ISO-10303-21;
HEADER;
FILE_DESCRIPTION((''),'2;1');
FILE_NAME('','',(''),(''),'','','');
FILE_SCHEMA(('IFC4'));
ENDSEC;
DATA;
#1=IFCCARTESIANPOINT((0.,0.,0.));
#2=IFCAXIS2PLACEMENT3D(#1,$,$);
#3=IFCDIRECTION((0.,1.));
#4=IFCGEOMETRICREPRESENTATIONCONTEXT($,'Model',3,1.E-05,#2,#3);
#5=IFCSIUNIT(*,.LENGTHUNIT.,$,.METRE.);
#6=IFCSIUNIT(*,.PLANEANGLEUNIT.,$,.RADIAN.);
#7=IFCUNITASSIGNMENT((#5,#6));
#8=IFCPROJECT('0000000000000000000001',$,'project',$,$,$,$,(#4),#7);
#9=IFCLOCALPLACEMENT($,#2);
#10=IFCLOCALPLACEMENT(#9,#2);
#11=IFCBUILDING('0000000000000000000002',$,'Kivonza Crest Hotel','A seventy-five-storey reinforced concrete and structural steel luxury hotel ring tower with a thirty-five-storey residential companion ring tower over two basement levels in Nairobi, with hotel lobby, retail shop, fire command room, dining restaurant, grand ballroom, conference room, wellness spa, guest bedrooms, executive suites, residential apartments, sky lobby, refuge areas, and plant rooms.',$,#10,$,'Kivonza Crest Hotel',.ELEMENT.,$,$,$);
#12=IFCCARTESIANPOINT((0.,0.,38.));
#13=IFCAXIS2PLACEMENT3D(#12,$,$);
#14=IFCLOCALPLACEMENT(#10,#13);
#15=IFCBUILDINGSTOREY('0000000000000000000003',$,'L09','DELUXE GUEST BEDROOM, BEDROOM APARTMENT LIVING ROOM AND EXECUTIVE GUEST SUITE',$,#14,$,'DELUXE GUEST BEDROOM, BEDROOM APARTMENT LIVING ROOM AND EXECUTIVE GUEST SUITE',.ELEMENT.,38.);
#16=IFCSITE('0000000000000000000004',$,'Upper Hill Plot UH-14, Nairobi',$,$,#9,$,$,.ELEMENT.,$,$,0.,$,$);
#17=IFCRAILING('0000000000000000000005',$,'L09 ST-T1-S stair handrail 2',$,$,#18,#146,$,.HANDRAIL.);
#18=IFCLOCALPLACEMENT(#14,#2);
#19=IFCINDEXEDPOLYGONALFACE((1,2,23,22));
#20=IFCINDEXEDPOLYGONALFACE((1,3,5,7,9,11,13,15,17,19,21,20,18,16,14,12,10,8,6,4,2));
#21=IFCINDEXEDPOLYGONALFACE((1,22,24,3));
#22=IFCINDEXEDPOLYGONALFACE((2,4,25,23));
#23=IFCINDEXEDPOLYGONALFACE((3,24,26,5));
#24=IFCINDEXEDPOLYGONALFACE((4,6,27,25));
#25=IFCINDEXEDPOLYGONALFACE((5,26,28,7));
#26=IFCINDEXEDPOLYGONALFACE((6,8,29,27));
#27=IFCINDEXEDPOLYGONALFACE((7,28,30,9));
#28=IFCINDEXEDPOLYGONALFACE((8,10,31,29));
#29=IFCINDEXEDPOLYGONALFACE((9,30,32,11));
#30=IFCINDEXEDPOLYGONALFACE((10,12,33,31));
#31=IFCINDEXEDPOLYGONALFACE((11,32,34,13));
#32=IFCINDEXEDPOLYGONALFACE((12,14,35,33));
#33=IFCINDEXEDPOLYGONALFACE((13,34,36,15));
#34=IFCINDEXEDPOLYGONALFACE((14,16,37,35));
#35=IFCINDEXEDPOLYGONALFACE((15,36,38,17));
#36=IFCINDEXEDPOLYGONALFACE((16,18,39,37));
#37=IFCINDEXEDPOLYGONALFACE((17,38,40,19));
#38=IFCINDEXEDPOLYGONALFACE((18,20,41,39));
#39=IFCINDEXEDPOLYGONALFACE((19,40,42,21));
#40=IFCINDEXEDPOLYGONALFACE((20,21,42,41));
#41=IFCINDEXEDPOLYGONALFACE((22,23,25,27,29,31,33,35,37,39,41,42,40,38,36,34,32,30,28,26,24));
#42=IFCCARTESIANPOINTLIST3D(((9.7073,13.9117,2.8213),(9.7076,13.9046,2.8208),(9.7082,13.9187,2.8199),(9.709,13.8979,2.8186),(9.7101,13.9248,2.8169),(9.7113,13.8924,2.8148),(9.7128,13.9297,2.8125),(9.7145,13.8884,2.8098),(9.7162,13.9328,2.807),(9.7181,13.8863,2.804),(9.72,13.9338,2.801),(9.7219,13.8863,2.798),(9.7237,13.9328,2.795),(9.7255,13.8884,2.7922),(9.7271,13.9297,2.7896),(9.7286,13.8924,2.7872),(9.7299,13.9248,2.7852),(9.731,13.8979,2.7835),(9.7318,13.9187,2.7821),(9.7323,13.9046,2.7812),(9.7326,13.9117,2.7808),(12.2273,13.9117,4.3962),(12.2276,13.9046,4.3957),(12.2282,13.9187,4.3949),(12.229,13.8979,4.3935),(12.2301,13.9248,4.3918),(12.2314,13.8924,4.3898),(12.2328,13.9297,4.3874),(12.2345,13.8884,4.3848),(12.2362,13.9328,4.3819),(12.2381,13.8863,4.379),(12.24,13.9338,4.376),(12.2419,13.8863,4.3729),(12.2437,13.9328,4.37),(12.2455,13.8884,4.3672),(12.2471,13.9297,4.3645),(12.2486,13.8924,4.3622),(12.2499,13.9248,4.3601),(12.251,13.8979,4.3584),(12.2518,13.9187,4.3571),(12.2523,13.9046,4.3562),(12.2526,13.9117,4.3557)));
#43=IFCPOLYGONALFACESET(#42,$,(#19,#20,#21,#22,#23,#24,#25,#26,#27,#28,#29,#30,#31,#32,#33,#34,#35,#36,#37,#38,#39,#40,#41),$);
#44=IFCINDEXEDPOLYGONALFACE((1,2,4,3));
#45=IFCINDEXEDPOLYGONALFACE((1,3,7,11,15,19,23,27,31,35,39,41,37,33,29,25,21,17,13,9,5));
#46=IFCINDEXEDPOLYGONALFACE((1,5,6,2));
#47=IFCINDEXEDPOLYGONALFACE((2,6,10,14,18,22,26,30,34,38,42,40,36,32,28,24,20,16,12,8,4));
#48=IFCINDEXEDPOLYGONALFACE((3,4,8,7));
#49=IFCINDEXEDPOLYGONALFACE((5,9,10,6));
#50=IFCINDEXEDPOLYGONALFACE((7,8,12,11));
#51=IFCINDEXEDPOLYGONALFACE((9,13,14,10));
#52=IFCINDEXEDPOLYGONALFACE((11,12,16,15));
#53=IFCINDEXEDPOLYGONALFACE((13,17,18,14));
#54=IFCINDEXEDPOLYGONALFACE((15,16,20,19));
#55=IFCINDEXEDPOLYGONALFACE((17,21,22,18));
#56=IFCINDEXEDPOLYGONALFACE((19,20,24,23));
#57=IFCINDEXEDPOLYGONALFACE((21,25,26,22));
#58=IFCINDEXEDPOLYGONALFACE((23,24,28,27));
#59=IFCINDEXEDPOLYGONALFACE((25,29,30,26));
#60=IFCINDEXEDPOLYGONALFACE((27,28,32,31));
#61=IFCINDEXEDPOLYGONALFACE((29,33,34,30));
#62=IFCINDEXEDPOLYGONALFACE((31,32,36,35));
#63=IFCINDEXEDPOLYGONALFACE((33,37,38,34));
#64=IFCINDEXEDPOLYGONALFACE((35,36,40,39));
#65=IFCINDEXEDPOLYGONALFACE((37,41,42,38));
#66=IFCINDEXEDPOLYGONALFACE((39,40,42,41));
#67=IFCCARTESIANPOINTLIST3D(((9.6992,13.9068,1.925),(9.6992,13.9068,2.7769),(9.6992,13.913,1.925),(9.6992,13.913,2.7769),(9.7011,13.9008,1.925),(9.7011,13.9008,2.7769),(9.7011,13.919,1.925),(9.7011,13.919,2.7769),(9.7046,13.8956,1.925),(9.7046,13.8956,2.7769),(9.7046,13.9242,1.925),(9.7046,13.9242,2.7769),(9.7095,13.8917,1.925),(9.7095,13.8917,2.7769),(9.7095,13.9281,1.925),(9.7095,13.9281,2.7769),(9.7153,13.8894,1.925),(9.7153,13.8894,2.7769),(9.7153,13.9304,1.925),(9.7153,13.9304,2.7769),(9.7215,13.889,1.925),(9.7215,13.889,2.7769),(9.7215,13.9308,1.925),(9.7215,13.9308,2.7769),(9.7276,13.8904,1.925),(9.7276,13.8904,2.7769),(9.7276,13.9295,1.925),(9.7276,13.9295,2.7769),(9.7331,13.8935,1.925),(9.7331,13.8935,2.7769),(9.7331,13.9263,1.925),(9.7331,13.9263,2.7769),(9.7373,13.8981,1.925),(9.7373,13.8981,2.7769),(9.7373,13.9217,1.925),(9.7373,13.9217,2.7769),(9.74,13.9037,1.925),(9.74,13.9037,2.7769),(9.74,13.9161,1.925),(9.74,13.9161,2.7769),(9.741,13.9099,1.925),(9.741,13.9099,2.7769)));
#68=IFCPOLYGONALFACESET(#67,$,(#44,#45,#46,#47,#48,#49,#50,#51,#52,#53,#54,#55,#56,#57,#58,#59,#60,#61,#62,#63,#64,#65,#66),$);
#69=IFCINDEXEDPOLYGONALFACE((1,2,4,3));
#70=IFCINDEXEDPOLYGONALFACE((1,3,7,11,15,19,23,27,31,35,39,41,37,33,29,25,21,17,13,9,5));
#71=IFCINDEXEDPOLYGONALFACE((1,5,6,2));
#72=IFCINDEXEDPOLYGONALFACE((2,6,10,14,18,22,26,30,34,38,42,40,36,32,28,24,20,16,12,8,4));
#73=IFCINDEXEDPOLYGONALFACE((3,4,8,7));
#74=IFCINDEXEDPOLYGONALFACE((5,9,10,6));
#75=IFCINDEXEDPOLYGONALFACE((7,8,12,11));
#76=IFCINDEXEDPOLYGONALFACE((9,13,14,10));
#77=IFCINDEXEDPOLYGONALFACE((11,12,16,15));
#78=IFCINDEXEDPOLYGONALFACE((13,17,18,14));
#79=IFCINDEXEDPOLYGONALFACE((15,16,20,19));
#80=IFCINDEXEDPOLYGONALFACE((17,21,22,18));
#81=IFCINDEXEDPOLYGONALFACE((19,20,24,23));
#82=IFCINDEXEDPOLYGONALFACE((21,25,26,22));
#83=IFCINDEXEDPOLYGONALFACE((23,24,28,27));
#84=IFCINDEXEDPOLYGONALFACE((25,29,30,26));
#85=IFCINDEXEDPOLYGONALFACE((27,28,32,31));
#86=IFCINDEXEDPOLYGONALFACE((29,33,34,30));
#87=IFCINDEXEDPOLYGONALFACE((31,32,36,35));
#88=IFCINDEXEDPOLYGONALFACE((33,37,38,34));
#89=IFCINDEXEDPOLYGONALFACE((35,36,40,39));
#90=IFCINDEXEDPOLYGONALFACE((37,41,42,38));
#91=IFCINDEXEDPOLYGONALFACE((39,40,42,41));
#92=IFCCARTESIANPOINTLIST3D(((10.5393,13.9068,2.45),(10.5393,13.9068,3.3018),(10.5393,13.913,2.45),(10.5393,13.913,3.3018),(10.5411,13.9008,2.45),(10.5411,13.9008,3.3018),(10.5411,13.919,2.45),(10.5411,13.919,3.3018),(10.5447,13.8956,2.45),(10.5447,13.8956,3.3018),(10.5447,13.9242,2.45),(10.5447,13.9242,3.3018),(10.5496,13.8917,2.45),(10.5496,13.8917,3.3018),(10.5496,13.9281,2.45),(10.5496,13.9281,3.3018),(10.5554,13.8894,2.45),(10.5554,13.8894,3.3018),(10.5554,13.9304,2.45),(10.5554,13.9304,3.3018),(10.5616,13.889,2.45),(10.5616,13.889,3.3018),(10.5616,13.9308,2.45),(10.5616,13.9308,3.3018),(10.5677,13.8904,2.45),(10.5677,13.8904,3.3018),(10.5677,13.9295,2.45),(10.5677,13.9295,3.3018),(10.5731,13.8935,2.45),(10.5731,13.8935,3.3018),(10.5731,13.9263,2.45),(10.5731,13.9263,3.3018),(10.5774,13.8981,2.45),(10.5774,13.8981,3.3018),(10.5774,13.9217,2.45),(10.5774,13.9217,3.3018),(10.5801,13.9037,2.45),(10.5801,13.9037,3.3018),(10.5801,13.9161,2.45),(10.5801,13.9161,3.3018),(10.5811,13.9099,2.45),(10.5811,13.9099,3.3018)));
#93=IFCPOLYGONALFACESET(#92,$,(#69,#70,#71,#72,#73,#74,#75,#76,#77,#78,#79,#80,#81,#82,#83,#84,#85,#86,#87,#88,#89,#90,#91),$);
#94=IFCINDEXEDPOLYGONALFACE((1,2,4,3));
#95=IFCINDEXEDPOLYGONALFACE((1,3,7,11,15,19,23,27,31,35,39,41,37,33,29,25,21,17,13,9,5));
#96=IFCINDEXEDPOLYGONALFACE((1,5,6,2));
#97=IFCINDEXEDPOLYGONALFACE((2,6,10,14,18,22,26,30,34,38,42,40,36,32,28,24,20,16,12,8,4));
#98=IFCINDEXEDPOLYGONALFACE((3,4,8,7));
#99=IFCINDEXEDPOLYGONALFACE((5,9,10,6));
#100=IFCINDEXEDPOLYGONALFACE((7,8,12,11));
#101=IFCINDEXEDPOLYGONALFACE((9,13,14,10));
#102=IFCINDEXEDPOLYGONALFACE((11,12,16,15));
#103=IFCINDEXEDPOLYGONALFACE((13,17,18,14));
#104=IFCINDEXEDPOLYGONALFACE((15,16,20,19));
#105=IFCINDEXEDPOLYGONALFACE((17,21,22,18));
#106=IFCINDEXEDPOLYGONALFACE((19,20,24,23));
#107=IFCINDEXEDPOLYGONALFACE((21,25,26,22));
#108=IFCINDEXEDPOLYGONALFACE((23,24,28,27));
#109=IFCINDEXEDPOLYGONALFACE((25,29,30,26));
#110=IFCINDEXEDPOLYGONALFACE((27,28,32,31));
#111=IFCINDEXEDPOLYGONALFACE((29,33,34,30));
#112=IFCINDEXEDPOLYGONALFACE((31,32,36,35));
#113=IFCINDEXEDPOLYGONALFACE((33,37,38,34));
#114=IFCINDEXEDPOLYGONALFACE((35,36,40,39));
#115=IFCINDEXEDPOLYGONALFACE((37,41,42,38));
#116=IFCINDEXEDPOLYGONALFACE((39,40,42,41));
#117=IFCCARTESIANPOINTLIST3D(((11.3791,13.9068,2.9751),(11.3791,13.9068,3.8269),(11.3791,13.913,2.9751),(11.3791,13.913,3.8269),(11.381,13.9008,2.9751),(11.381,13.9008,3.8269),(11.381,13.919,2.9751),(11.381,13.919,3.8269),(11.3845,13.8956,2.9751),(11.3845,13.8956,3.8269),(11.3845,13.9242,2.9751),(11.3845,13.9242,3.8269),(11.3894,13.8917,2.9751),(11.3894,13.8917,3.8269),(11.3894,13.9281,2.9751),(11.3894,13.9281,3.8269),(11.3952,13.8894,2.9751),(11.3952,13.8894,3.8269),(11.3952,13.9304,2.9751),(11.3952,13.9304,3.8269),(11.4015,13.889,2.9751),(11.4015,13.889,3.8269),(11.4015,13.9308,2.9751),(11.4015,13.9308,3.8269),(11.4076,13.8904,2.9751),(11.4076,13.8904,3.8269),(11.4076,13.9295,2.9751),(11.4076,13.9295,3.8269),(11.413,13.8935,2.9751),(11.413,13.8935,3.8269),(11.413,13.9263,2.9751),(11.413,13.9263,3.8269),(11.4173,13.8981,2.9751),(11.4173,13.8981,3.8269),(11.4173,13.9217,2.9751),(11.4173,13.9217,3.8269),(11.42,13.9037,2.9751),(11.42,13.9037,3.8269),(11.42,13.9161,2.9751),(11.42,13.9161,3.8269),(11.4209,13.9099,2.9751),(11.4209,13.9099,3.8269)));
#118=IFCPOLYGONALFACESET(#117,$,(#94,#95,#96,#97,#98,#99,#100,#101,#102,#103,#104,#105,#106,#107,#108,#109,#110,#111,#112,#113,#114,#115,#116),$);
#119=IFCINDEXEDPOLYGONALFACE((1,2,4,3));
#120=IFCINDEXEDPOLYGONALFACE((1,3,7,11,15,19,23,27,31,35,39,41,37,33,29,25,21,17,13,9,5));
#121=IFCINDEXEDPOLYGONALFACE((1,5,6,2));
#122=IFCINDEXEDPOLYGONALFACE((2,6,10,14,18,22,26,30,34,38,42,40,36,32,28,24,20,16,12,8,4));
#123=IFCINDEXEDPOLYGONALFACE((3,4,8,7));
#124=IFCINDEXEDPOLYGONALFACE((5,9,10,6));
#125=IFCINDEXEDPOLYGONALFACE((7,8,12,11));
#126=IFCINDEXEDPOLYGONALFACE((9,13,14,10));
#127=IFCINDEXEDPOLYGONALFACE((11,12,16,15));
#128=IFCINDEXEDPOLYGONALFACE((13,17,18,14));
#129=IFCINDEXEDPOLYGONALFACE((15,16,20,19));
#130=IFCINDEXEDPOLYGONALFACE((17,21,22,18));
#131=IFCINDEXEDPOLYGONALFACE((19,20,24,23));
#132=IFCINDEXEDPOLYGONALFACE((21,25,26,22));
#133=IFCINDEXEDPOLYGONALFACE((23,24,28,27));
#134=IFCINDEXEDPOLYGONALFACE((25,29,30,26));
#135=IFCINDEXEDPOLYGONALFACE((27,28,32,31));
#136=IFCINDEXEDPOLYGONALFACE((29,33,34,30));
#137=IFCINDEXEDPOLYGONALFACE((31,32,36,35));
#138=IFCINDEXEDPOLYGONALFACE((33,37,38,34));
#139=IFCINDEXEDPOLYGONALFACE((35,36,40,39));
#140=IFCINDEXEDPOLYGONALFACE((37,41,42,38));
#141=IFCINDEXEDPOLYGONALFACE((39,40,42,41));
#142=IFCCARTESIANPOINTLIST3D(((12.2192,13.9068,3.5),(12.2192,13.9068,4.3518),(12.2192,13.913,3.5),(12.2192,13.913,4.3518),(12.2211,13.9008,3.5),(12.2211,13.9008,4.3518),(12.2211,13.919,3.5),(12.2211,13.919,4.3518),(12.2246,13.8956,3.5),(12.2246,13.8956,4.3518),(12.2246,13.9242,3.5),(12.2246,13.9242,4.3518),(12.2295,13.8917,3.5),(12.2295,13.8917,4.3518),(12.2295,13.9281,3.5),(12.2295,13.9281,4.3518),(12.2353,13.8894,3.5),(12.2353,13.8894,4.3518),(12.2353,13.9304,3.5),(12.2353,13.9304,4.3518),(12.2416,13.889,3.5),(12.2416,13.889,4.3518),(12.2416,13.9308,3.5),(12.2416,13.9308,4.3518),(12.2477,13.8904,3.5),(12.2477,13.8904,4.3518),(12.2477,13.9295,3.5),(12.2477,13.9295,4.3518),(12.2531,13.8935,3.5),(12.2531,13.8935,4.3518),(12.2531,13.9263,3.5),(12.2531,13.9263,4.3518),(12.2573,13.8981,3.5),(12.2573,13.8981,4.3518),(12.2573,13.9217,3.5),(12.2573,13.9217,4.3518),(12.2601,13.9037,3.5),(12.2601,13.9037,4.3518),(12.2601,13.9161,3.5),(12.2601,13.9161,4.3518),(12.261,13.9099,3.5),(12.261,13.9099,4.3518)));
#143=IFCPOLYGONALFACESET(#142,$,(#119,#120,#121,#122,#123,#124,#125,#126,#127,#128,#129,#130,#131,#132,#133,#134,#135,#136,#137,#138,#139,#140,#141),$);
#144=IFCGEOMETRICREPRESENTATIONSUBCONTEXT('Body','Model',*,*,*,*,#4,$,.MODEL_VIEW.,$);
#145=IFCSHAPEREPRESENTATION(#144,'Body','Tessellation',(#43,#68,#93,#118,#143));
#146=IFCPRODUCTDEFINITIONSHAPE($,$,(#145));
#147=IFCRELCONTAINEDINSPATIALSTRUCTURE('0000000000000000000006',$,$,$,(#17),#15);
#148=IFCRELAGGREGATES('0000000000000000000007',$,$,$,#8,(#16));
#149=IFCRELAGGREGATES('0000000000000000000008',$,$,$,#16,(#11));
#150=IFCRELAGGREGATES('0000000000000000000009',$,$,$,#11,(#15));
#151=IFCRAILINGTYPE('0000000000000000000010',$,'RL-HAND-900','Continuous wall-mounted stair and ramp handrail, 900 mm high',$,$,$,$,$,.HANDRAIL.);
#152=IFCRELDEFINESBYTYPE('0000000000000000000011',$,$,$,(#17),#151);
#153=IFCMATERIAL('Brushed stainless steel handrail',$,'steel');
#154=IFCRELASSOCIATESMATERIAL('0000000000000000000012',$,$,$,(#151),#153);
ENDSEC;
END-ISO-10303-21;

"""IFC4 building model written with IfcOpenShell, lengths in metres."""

from ifc_helpers import new_model, si_unit, direction, frame, origin, origin_2d, place, context, subcontext, project, spatial, circle, extrude, material, type_object, element, save


model = new_model("IFC4")

# Units and contexts
model_context = context("Model", 3, precision=1e-05, world=origin(), true_north=direction((0.0, 1.0)))
body_context = subcontext(model_context, "Body", "Model", "MODEL_VIEW")
ifc_project = project(units=[si_unit("LENGTHUNIT", "METRE"), si_unit("PLANEANGLEUNIT", "RADIAN")], contexts=[model_context])

# Site, building, storey
site_placement = place(None, origin())
site = spatial("IfcSite", under=ifc_project, at=site_placement, Name="Upper Hill Plot UH-14, Nairobi", CompositionType="ELEMENT", RefElevation=0.0)
building_placement = place(site_placement, origin())
building = spatial("IfcBuilding", under=site, at=building_placement, Name="Kivonza Crest Hotel", Description="A seventy-five-storey reinforced concrete and structural steel luxury hotel ring tower with a thirty-five-storey residential companion ring tower over two basement levels in Nairobi, with hotel lobby, retail shop, fire command room, dining restaurant, grand ballroom, conference room, wellness spa, guest bedrooms, executive suites, residential apartments, sky lobby, refuge areas, and plant rooms.", LongName="Kivonza Crest Hotel", CompositionType="ELEMENT")
storey_placement = place(building_placement, frame((0.0, 0.0, 38.0)))
storey = spatial("IfcBuildingStorey", under=building, at=storey_placement, Name="L09", Description="DELUXE GUEST BEDROOM, BEDROOM APARTMENT LIVING ROOM AND EXECUTIVE GUEST SUITE", LongName="DELUXE GUEST BEDROOM, BEDROOM APARTMENT LIVING ROOM AND EXECUTIVE GUEST SUITE", CompositionType="ELEMENT", Elevation=38.0)

# Railing
ifc_material_1 = material(Name="Brushed stainless steel handrail", Category="steel")
railing_type_1 = type_object("IfcRailingType", Name="RL-HAND-900", Description="Continuous wall-mounted stair and ramp handrail, 900 mm high", PredefinedType="HANDRAIL", material=ifc_material_1)
railing_1_placement = place(storey_placement, frame((9.72, 13.9099, 1.925)))
element("IfcRailing", 1, at=railing_1_placement, inside=storey, type_object=railing_type_1, Name="L09 ST-T1-S stair handrail 2", PredefinedType="HANDRAIL", context=body_context, shape_type="SweptSolid", body=[
    extrude(circle(Radius=0.0239, at=origin_2d()), frame((0.0, 0.0, 0.876), z_axis=(0.848008, 0.0, 0.529984), x_axis=(0.0, 1.0, 0.0)), (0.0, 0.0, 1.0), 2.9717),
    extrude(circle(Radius=0.021, at=origin_2d()), origin(), (0.0, 0.0, 1.0), 0.8518),
    extrude(circle(Radius=0.021, at=origin_2d()), frame((0.8401, 0.0, 0.5249)), (0.0, 0.0, 1.0), 0.8518),
    extrude(circle(Radius=0.021, at=origin_2d()), frame((1.6799, 0.0, 1.05)), (0.0, 0.0, 1.0), 0.8518),
    extrude(circle(Radius=0.021, at=origin_2d()), frame((2.52, 0.0, 1.575)), (0.0, 0.0, 1.0), 0.8518),
])

save(model, "model.ifc")
